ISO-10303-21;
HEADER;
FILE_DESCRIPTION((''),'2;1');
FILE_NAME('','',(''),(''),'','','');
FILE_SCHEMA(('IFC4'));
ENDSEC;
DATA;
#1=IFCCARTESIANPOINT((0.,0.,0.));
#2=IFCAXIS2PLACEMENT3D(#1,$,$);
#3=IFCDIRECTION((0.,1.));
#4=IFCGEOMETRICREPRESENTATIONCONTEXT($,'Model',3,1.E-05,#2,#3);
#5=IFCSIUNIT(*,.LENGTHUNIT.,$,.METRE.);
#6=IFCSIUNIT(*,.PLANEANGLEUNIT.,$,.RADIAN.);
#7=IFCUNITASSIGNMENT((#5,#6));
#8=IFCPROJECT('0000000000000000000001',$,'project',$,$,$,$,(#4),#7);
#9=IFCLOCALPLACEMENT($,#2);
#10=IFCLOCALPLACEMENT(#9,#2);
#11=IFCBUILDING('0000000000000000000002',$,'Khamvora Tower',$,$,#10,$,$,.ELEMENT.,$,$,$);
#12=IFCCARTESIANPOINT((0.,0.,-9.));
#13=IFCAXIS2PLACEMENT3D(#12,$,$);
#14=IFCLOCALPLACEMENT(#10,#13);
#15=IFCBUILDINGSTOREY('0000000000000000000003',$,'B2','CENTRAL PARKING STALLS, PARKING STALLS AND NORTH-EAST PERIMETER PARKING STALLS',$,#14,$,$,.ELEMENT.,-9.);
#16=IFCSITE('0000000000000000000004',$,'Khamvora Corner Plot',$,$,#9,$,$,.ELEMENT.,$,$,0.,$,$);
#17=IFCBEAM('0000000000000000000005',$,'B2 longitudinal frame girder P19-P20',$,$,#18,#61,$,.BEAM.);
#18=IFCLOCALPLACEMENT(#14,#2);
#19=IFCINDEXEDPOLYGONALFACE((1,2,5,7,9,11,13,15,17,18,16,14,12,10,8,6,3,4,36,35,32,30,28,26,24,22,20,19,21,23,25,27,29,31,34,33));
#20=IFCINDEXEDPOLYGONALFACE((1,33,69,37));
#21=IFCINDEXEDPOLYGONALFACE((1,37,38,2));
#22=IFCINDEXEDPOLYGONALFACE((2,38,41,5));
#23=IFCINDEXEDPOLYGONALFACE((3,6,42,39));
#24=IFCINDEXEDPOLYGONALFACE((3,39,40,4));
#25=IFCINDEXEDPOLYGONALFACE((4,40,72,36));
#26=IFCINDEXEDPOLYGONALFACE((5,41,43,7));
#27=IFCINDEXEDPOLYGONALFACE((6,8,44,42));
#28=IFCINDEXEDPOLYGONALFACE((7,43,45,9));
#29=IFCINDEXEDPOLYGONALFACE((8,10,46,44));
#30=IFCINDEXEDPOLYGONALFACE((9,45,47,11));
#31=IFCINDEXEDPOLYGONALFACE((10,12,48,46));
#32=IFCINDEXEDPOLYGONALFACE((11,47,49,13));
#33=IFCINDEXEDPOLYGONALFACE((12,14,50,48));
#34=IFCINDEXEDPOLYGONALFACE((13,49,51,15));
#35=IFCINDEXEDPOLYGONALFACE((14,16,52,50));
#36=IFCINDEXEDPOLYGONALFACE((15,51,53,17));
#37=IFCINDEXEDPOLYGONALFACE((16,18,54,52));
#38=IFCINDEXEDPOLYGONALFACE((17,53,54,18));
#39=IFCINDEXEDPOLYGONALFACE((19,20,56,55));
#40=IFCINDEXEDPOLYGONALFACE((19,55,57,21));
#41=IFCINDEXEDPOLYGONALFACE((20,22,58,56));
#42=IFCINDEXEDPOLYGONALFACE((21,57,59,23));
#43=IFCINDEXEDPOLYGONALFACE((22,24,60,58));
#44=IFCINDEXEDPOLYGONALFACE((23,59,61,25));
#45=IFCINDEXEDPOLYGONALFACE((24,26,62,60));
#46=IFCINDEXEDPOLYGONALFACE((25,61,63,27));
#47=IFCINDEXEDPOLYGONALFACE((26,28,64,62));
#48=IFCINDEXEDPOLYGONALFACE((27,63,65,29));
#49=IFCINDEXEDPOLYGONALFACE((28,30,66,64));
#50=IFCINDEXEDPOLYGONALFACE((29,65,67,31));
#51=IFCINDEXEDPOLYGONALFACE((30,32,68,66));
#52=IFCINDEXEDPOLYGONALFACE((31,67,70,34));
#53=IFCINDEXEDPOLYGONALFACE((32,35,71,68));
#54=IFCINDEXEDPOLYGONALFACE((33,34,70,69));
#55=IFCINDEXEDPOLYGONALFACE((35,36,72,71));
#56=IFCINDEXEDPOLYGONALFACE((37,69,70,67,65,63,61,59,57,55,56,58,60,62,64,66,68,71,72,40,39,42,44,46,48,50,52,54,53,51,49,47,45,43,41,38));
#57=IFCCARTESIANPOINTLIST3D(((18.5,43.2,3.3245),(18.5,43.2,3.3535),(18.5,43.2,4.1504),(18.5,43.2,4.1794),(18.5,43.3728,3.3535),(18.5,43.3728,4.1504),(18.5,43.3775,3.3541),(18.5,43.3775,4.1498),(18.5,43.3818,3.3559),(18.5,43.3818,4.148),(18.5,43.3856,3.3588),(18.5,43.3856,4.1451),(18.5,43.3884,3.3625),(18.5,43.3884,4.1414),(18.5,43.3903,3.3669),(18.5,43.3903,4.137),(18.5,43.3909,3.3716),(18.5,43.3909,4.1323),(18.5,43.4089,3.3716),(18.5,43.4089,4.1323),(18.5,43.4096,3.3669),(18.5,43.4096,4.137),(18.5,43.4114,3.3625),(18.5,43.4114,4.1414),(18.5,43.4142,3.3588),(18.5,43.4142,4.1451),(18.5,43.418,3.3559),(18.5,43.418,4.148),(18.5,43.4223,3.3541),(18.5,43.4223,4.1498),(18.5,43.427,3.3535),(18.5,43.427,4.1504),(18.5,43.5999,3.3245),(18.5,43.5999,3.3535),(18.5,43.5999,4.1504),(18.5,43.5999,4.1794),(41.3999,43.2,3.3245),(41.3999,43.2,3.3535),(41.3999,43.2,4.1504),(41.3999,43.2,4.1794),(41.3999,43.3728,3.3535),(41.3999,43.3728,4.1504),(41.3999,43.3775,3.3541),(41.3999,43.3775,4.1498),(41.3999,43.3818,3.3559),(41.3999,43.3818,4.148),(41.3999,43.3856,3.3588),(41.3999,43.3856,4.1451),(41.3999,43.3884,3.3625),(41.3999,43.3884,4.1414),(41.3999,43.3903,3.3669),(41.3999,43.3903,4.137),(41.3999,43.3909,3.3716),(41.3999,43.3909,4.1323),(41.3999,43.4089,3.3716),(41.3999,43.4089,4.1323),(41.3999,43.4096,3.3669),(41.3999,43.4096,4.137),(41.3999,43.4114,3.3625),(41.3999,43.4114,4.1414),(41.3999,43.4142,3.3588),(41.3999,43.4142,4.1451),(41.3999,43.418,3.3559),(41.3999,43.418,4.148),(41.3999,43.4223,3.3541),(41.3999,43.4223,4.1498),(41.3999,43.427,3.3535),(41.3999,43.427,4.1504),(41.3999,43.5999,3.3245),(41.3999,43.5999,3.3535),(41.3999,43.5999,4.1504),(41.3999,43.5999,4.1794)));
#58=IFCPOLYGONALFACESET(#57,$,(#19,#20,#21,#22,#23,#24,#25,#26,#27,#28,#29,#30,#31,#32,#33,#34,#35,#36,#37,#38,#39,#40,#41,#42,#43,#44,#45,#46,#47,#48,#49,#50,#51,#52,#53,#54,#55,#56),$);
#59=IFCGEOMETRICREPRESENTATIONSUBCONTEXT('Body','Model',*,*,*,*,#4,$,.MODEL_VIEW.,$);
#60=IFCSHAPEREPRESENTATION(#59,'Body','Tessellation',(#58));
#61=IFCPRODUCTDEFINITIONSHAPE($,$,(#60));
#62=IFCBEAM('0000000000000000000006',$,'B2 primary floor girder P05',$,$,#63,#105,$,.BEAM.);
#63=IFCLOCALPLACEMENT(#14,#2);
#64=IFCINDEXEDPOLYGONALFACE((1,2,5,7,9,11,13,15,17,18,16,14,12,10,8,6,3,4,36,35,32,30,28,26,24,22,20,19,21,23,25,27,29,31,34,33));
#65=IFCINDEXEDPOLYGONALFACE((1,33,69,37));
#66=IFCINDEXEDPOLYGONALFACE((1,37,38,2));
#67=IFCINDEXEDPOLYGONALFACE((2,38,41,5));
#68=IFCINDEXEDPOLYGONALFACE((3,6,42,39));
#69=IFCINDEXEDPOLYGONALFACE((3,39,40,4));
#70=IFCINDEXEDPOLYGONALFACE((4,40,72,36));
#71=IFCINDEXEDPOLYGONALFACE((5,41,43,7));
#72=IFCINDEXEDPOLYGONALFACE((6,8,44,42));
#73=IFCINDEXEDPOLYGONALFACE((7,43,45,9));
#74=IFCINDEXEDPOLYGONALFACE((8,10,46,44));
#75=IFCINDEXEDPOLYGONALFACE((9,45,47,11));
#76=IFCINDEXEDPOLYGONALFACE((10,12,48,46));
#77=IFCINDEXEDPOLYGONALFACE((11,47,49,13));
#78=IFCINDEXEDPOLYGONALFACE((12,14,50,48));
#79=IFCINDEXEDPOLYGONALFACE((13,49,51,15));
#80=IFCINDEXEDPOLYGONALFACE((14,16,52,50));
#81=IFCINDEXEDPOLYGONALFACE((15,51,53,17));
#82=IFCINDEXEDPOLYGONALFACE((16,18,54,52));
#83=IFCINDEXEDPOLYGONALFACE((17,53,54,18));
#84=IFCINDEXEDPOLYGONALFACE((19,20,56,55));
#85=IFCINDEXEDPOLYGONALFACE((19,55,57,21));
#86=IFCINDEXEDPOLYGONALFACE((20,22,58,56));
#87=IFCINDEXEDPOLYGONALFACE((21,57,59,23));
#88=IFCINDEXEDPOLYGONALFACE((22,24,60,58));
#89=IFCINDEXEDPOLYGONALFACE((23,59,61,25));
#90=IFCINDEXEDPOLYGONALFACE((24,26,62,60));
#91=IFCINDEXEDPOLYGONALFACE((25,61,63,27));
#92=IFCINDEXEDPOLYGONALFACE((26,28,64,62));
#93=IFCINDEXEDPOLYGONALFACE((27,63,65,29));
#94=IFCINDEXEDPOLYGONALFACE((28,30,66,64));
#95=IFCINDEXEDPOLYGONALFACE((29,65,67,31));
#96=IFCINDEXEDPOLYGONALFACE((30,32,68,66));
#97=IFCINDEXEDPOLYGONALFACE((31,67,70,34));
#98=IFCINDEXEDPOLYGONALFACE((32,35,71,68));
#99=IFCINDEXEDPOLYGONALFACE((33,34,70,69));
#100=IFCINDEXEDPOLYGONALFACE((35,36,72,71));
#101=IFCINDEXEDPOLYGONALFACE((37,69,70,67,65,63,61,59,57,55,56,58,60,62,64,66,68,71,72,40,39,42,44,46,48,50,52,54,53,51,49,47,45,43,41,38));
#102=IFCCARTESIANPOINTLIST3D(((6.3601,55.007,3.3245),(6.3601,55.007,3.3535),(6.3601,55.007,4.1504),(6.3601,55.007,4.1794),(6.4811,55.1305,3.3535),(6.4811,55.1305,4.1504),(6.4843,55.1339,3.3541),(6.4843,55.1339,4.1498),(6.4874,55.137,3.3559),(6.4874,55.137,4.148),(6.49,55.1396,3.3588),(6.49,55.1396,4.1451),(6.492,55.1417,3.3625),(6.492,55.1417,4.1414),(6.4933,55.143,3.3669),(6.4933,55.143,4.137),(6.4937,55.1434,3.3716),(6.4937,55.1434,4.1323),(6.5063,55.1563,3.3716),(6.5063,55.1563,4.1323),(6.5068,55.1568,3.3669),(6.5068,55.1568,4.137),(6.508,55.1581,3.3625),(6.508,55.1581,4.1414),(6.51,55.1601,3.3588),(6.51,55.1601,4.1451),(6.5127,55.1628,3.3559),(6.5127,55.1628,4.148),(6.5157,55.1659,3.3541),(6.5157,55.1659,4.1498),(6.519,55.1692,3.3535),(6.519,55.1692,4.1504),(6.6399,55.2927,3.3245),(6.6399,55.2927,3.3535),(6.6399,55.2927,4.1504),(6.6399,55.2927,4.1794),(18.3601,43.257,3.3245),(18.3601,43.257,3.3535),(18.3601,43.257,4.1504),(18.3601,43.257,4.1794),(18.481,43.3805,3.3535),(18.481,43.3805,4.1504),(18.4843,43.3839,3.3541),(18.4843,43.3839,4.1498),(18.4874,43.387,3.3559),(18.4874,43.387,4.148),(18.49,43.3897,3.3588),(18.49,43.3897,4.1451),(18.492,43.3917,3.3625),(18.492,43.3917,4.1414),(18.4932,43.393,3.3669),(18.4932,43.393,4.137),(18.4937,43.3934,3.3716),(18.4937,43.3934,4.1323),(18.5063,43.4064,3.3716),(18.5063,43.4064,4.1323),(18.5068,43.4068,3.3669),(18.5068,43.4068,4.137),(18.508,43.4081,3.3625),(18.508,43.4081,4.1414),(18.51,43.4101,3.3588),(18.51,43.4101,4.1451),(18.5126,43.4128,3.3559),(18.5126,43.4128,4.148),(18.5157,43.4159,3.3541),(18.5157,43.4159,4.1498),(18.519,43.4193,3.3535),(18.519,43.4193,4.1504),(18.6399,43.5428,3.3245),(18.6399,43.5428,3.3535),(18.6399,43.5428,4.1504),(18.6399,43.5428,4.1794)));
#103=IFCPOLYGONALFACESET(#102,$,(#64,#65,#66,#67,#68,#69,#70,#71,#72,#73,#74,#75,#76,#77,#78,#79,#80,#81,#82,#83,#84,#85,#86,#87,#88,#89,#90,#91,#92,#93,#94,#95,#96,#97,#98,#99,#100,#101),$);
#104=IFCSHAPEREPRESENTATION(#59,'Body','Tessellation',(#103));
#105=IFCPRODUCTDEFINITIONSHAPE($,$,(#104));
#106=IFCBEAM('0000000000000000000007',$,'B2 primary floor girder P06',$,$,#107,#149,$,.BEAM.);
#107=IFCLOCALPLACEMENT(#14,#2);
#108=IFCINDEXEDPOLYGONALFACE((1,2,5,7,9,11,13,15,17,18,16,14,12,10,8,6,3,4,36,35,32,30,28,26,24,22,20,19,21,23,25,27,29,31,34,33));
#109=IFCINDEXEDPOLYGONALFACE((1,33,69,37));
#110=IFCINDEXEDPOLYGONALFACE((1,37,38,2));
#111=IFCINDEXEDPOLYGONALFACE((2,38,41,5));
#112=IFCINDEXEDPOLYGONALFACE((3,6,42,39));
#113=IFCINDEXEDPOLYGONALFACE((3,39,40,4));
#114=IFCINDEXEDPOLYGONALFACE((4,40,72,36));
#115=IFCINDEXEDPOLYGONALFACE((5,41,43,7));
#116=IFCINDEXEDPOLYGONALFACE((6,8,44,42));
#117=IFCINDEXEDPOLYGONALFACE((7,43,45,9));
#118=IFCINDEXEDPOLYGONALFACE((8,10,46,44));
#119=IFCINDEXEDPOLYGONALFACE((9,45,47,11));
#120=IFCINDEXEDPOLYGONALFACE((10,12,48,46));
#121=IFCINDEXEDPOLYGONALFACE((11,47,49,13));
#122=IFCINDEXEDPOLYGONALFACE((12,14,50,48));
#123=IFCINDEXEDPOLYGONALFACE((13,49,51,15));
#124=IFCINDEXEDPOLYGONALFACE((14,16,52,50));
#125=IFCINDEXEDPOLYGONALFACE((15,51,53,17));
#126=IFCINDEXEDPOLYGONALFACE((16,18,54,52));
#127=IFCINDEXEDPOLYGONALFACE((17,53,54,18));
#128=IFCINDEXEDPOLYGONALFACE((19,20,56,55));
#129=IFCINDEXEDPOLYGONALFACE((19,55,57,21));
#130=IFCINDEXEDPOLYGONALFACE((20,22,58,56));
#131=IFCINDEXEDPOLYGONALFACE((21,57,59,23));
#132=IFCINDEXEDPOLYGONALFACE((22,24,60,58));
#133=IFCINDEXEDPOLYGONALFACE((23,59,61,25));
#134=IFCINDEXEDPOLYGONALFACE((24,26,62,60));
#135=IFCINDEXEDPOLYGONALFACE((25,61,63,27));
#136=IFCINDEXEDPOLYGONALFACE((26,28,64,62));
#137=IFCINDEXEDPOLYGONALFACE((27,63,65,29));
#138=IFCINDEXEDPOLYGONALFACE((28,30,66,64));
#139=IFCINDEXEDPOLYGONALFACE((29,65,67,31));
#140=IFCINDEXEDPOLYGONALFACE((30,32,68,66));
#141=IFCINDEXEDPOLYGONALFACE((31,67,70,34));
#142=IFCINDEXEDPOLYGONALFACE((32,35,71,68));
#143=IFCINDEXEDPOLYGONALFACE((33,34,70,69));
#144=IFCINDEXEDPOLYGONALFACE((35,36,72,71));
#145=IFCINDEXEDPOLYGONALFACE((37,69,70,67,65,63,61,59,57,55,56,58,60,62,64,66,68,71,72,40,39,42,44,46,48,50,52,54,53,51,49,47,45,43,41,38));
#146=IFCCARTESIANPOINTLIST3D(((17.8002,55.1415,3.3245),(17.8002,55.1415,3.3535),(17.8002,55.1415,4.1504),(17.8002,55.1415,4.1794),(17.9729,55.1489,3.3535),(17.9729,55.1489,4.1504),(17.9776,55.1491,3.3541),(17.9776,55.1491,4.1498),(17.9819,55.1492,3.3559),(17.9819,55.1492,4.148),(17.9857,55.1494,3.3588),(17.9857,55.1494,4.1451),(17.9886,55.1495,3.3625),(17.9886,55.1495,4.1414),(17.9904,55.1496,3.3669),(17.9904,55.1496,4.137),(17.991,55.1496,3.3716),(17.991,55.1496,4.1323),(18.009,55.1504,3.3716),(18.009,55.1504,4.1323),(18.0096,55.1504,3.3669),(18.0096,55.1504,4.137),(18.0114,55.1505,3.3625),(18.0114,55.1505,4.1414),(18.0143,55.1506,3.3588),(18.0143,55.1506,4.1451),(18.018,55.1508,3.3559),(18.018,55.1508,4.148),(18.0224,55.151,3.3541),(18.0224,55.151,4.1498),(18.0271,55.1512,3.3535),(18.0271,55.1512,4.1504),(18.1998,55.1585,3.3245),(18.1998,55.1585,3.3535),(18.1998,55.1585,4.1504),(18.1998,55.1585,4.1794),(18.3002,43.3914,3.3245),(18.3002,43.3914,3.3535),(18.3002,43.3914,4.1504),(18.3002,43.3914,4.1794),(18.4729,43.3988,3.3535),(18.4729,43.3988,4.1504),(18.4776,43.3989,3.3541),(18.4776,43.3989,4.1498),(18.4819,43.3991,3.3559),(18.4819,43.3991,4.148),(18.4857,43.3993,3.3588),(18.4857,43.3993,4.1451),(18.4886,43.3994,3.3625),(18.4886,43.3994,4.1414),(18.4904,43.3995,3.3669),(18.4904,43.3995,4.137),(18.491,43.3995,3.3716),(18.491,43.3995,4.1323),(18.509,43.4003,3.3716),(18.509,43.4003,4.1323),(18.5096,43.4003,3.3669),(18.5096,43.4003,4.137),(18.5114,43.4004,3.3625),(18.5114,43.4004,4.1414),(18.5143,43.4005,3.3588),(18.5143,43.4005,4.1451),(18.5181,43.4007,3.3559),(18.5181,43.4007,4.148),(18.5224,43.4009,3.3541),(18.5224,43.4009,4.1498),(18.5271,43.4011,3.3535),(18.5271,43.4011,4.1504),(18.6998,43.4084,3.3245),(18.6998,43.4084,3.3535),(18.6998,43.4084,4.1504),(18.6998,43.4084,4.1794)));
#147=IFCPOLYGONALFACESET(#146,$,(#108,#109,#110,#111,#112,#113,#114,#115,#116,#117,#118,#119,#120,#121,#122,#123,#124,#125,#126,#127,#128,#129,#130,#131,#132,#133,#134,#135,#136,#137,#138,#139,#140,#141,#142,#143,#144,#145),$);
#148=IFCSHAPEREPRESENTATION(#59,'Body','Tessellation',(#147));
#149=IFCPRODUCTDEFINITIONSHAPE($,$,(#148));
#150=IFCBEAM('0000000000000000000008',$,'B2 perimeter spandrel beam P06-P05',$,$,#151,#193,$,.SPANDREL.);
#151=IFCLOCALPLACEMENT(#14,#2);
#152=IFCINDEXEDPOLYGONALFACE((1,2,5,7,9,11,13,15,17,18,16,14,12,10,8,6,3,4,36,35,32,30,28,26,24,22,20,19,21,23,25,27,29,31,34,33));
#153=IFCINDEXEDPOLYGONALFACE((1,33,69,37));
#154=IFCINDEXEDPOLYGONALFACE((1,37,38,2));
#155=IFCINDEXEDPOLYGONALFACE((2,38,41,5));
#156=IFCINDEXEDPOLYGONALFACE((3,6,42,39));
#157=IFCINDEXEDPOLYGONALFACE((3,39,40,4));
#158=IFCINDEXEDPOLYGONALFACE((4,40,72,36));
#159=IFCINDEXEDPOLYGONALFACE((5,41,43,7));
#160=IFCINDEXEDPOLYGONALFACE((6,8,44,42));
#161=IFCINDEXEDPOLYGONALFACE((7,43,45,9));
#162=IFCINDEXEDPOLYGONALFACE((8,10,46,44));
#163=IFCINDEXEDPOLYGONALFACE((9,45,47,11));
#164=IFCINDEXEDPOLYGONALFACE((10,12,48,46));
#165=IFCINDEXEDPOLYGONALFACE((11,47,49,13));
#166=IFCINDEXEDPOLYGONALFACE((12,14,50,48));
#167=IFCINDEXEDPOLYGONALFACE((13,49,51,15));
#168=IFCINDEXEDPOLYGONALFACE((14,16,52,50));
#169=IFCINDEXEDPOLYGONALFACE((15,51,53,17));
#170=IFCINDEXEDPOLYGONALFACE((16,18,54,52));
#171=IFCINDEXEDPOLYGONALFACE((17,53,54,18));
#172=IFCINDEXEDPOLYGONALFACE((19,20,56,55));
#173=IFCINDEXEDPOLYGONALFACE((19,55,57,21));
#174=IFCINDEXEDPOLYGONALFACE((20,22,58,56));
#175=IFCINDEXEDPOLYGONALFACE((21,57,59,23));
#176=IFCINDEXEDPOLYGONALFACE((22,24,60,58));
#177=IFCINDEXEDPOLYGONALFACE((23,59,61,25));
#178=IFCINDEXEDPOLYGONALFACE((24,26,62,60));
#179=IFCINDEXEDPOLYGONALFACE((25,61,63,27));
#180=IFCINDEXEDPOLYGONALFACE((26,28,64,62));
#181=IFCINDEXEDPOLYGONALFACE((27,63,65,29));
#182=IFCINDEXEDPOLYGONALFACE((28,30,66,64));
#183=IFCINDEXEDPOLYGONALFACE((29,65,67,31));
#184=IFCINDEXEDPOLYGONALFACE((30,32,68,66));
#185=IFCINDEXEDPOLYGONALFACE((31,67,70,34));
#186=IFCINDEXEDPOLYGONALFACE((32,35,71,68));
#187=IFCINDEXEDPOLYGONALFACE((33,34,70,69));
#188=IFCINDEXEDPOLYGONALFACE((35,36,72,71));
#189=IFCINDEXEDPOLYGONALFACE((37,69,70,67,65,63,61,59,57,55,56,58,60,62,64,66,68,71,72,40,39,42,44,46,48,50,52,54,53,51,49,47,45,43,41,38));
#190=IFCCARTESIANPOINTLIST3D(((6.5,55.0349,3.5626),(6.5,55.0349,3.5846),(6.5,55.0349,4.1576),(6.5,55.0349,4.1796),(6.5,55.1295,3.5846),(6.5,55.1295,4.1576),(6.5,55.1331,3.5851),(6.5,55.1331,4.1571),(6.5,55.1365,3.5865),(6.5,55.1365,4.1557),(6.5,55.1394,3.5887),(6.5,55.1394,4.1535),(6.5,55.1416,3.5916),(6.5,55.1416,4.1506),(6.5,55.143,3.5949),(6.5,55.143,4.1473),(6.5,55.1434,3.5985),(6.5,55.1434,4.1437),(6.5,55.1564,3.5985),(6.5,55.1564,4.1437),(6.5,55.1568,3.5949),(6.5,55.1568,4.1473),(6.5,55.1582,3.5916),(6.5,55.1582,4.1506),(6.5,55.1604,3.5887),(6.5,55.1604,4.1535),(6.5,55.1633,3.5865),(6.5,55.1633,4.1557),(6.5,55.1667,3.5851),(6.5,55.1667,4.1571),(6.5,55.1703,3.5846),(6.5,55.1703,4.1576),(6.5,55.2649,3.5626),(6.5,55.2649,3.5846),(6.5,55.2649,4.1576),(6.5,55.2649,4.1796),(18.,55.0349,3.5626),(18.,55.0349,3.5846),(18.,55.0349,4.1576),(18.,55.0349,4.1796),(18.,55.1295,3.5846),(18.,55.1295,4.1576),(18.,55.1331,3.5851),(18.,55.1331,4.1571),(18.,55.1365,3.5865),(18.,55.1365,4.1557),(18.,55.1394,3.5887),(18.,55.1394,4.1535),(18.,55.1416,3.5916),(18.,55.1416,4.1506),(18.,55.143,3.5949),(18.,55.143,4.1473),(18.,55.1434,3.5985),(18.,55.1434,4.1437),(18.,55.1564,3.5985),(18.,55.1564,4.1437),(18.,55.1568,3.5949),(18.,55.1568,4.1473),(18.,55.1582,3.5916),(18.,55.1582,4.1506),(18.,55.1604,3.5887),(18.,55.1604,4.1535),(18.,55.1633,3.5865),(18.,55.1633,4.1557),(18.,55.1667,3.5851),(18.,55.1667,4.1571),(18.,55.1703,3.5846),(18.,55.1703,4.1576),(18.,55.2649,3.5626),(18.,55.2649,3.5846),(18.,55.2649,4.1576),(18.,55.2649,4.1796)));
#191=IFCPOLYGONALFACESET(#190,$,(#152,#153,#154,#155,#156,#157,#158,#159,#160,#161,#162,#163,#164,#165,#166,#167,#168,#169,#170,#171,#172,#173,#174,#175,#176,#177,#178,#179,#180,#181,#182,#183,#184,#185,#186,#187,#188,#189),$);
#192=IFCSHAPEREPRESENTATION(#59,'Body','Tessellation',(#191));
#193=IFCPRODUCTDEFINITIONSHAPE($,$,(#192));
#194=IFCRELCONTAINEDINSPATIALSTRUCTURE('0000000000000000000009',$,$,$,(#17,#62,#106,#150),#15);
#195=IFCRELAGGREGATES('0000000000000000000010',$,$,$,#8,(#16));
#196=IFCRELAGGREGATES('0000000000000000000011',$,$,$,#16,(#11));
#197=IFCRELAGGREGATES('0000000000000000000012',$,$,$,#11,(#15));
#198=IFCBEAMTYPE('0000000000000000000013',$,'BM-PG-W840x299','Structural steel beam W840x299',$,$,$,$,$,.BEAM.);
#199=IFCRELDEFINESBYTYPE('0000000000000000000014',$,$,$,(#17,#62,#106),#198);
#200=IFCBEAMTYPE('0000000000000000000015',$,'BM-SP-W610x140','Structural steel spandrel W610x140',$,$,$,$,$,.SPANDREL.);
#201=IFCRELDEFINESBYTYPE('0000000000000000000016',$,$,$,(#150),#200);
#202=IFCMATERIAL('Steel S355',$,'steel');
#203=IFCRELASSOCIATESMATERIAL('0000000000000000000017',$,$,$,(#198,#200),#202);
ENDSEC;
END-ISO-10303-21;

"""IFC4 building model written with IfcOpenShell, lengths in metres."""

from ifc_helpers import new_model, si_unit, direction, frame, origin, origin_2d, place, context, subcontext, project, spatial, i_section, extrude, material, material_profile, profile_set, type_object, element, save


model = new_model("IFC4")

# Units and contexts
model_context = context("Model", 3, precision=1e-05, world=origin(), true_north=direction((0.0, 1.0)))
body_context = subcontext(model_context, "Body", "Model", "MODEL_VIEW")
ifc_project = project(units=[si_unit("LENGTHUNIT", "METRE"), si_unit("PLANEANGLEUNIT", "RADIAN")], contexts=[model_context])

# Site, building, storey
site_placement = place(None, origin())
site = spatial("IfcSite", under=ifc_project, at=site_placement, Name="Khamvora Corner Plot", CompositionType="ELEMENT", RefElevation=0.0)
building_placement = place(site_placement, origin())
building = spatial("IfcBuilding", under=site, at=building_placement, Name="Khamvora Tower", CompositionType="ELEMENT")
storey_placement = place(building_placement, frame((0.0, 0.0, -9.0)))
storey = spatial("IfcBuildingStorey", under=building, at=storey_placement, Name="B2", Description="CENTRAL PARKING STALLS, PARKING STALLS AND NORTH-EAST PERIMETER PARKING STALLS", CompositionType="ELEMENT", Elevation=-9.0)

# Shared definitions
ifc_material_1 = material(Name="Steel S355", Category="steel")

# Beams
ifc_material_profile_1 = material_profile(ifc_material_1, i_section(OverallWidth=0.3999, OverallDepth=0.855, WebThickness=0.0181, FlangeThickness=0.0291, FilletRadius=0.0181, at=origin_2d()), Name="W840x299")
ifc_profile_set_1 = profile_set([ifc_material_profile_1], Name="Steel S355")
beam_type_1 = type_object("IfcBeamType", Name="BM-PG-W840x299", Description="Structural steel beam W840x299", PredefinedType="BEAM", material=ifc_profile_set_1)
beam_1_placement = place(storey_placement, frame((18.5, 43.3999, 3.752), z_axis=(1.0, 0.0, 0.0), x_axis=(0.0, 1.0, 0.0)))
element("IfcBeam", 1, at=beam_1_placement, inside=storey, type_object=beam_type_1, Name="B2 longitudinal frame girder P19-P20", PredefinedType="BEAM", context=body_context, shape_type="SweptSolid", body=[
    extrude(i_section(OverallWidth=0.3999, OverallDepth=0.855, WebThickness=0.0181, FlangeThickness=0.0291, FilletRadius=0.0181, at=origin_2d()), origin(), (0.0, 0.0, 1.0), 22.8999),
])
beam_2_placement = place(storey_placement, frame((18.5, 43.3999, 3.752), z_axis=(-0.71451, 0.699625, 0.0), x_axis=(-0.699625, -0.71451, 0.0)))
element("IfcBeam", 2, at=beam_2_placement, inside=storey, type_object=beam_type_1, Name="B2 primary floor girder P05", PredefinedType="BEAM", context=body_context, shape_type="SweptSolid", body=[
    extrude(i_section(OverallWidth=0.3999, OverallDepth=0.855, WebThickness=0.0181, FlangeThickness=0.0291, FilletRadius=0.0181, at=origin_2d()), origin(), (0.0, 0.0, 1.0), 16.7947),
])
beam_3_placement = place(storey_placement, frame((18.5, 43.3999, 3.752), z_axis=(-0.042515, 0.999096, 0.0), x_axis=(-0.999096, -0.042515, 0.0)))
element("IfcBeam", 3, at=beam_3_placement, inside=storey, type_object=beam_type_1, Name="B2 primary floor girder P06", PredefinedType="BEAM", context=body_context, shape_type="SweptSolid", body=[
    extrude(i_section(OverallWidth=0.3999, OverallDepth=0.855, WebThickness=0.0181, FlangeThickness=0.0291, FilletRadius=0.0181, at=origin_2d()), origin(), (0.0, 0.0, 1.0), 11.7607),
])
ifc_material_profile_2 = material_profile(ifc_material_1, i_section(OverallWidth=0.23, OverallDepth=0.6169, WebThickness=0.0129, FlangeThickness=0.022, FilletRadius=0.0139, at=origin_2d()), Name="W610x140")
ifc_profile_set_2 = profile_set([ifc_material_profile_2], Name="Steel S355")
beam_type_2 = type_object("IfcBeamType", Name="BM-SP-W610x140", Description="Structural steel spandrel W610x140", PredefinedType="SPANDREL", material=ifc_profile_set_2)
beam_4_placement = place(storey_placement, frame((18.0, 55.1499, 3.8711), z_axis=(-1.0, 0.0, 0.0), x_axis=(0.0, -1.0, 0.0)))
element("IfcBeam", 4, at=beam_4_placement, inside=storey, type_object=beam_type_2, Name="B2 perimeter spandrel beam P06-P05", PredefinedType="SPANDREL", context=body_context, shape_type="SweptSolid", body=[
    extrude(i_section(OverallWidth=0.23, OverallDepth=0.6169, WebThickness=0.0129, FlangeThickness=0.022, FilletRadius=0.0139, at=origin_2d()), origin(), (0.0, 0.0, 1.0), 11.5),
])

save(model, "model.ifc")
